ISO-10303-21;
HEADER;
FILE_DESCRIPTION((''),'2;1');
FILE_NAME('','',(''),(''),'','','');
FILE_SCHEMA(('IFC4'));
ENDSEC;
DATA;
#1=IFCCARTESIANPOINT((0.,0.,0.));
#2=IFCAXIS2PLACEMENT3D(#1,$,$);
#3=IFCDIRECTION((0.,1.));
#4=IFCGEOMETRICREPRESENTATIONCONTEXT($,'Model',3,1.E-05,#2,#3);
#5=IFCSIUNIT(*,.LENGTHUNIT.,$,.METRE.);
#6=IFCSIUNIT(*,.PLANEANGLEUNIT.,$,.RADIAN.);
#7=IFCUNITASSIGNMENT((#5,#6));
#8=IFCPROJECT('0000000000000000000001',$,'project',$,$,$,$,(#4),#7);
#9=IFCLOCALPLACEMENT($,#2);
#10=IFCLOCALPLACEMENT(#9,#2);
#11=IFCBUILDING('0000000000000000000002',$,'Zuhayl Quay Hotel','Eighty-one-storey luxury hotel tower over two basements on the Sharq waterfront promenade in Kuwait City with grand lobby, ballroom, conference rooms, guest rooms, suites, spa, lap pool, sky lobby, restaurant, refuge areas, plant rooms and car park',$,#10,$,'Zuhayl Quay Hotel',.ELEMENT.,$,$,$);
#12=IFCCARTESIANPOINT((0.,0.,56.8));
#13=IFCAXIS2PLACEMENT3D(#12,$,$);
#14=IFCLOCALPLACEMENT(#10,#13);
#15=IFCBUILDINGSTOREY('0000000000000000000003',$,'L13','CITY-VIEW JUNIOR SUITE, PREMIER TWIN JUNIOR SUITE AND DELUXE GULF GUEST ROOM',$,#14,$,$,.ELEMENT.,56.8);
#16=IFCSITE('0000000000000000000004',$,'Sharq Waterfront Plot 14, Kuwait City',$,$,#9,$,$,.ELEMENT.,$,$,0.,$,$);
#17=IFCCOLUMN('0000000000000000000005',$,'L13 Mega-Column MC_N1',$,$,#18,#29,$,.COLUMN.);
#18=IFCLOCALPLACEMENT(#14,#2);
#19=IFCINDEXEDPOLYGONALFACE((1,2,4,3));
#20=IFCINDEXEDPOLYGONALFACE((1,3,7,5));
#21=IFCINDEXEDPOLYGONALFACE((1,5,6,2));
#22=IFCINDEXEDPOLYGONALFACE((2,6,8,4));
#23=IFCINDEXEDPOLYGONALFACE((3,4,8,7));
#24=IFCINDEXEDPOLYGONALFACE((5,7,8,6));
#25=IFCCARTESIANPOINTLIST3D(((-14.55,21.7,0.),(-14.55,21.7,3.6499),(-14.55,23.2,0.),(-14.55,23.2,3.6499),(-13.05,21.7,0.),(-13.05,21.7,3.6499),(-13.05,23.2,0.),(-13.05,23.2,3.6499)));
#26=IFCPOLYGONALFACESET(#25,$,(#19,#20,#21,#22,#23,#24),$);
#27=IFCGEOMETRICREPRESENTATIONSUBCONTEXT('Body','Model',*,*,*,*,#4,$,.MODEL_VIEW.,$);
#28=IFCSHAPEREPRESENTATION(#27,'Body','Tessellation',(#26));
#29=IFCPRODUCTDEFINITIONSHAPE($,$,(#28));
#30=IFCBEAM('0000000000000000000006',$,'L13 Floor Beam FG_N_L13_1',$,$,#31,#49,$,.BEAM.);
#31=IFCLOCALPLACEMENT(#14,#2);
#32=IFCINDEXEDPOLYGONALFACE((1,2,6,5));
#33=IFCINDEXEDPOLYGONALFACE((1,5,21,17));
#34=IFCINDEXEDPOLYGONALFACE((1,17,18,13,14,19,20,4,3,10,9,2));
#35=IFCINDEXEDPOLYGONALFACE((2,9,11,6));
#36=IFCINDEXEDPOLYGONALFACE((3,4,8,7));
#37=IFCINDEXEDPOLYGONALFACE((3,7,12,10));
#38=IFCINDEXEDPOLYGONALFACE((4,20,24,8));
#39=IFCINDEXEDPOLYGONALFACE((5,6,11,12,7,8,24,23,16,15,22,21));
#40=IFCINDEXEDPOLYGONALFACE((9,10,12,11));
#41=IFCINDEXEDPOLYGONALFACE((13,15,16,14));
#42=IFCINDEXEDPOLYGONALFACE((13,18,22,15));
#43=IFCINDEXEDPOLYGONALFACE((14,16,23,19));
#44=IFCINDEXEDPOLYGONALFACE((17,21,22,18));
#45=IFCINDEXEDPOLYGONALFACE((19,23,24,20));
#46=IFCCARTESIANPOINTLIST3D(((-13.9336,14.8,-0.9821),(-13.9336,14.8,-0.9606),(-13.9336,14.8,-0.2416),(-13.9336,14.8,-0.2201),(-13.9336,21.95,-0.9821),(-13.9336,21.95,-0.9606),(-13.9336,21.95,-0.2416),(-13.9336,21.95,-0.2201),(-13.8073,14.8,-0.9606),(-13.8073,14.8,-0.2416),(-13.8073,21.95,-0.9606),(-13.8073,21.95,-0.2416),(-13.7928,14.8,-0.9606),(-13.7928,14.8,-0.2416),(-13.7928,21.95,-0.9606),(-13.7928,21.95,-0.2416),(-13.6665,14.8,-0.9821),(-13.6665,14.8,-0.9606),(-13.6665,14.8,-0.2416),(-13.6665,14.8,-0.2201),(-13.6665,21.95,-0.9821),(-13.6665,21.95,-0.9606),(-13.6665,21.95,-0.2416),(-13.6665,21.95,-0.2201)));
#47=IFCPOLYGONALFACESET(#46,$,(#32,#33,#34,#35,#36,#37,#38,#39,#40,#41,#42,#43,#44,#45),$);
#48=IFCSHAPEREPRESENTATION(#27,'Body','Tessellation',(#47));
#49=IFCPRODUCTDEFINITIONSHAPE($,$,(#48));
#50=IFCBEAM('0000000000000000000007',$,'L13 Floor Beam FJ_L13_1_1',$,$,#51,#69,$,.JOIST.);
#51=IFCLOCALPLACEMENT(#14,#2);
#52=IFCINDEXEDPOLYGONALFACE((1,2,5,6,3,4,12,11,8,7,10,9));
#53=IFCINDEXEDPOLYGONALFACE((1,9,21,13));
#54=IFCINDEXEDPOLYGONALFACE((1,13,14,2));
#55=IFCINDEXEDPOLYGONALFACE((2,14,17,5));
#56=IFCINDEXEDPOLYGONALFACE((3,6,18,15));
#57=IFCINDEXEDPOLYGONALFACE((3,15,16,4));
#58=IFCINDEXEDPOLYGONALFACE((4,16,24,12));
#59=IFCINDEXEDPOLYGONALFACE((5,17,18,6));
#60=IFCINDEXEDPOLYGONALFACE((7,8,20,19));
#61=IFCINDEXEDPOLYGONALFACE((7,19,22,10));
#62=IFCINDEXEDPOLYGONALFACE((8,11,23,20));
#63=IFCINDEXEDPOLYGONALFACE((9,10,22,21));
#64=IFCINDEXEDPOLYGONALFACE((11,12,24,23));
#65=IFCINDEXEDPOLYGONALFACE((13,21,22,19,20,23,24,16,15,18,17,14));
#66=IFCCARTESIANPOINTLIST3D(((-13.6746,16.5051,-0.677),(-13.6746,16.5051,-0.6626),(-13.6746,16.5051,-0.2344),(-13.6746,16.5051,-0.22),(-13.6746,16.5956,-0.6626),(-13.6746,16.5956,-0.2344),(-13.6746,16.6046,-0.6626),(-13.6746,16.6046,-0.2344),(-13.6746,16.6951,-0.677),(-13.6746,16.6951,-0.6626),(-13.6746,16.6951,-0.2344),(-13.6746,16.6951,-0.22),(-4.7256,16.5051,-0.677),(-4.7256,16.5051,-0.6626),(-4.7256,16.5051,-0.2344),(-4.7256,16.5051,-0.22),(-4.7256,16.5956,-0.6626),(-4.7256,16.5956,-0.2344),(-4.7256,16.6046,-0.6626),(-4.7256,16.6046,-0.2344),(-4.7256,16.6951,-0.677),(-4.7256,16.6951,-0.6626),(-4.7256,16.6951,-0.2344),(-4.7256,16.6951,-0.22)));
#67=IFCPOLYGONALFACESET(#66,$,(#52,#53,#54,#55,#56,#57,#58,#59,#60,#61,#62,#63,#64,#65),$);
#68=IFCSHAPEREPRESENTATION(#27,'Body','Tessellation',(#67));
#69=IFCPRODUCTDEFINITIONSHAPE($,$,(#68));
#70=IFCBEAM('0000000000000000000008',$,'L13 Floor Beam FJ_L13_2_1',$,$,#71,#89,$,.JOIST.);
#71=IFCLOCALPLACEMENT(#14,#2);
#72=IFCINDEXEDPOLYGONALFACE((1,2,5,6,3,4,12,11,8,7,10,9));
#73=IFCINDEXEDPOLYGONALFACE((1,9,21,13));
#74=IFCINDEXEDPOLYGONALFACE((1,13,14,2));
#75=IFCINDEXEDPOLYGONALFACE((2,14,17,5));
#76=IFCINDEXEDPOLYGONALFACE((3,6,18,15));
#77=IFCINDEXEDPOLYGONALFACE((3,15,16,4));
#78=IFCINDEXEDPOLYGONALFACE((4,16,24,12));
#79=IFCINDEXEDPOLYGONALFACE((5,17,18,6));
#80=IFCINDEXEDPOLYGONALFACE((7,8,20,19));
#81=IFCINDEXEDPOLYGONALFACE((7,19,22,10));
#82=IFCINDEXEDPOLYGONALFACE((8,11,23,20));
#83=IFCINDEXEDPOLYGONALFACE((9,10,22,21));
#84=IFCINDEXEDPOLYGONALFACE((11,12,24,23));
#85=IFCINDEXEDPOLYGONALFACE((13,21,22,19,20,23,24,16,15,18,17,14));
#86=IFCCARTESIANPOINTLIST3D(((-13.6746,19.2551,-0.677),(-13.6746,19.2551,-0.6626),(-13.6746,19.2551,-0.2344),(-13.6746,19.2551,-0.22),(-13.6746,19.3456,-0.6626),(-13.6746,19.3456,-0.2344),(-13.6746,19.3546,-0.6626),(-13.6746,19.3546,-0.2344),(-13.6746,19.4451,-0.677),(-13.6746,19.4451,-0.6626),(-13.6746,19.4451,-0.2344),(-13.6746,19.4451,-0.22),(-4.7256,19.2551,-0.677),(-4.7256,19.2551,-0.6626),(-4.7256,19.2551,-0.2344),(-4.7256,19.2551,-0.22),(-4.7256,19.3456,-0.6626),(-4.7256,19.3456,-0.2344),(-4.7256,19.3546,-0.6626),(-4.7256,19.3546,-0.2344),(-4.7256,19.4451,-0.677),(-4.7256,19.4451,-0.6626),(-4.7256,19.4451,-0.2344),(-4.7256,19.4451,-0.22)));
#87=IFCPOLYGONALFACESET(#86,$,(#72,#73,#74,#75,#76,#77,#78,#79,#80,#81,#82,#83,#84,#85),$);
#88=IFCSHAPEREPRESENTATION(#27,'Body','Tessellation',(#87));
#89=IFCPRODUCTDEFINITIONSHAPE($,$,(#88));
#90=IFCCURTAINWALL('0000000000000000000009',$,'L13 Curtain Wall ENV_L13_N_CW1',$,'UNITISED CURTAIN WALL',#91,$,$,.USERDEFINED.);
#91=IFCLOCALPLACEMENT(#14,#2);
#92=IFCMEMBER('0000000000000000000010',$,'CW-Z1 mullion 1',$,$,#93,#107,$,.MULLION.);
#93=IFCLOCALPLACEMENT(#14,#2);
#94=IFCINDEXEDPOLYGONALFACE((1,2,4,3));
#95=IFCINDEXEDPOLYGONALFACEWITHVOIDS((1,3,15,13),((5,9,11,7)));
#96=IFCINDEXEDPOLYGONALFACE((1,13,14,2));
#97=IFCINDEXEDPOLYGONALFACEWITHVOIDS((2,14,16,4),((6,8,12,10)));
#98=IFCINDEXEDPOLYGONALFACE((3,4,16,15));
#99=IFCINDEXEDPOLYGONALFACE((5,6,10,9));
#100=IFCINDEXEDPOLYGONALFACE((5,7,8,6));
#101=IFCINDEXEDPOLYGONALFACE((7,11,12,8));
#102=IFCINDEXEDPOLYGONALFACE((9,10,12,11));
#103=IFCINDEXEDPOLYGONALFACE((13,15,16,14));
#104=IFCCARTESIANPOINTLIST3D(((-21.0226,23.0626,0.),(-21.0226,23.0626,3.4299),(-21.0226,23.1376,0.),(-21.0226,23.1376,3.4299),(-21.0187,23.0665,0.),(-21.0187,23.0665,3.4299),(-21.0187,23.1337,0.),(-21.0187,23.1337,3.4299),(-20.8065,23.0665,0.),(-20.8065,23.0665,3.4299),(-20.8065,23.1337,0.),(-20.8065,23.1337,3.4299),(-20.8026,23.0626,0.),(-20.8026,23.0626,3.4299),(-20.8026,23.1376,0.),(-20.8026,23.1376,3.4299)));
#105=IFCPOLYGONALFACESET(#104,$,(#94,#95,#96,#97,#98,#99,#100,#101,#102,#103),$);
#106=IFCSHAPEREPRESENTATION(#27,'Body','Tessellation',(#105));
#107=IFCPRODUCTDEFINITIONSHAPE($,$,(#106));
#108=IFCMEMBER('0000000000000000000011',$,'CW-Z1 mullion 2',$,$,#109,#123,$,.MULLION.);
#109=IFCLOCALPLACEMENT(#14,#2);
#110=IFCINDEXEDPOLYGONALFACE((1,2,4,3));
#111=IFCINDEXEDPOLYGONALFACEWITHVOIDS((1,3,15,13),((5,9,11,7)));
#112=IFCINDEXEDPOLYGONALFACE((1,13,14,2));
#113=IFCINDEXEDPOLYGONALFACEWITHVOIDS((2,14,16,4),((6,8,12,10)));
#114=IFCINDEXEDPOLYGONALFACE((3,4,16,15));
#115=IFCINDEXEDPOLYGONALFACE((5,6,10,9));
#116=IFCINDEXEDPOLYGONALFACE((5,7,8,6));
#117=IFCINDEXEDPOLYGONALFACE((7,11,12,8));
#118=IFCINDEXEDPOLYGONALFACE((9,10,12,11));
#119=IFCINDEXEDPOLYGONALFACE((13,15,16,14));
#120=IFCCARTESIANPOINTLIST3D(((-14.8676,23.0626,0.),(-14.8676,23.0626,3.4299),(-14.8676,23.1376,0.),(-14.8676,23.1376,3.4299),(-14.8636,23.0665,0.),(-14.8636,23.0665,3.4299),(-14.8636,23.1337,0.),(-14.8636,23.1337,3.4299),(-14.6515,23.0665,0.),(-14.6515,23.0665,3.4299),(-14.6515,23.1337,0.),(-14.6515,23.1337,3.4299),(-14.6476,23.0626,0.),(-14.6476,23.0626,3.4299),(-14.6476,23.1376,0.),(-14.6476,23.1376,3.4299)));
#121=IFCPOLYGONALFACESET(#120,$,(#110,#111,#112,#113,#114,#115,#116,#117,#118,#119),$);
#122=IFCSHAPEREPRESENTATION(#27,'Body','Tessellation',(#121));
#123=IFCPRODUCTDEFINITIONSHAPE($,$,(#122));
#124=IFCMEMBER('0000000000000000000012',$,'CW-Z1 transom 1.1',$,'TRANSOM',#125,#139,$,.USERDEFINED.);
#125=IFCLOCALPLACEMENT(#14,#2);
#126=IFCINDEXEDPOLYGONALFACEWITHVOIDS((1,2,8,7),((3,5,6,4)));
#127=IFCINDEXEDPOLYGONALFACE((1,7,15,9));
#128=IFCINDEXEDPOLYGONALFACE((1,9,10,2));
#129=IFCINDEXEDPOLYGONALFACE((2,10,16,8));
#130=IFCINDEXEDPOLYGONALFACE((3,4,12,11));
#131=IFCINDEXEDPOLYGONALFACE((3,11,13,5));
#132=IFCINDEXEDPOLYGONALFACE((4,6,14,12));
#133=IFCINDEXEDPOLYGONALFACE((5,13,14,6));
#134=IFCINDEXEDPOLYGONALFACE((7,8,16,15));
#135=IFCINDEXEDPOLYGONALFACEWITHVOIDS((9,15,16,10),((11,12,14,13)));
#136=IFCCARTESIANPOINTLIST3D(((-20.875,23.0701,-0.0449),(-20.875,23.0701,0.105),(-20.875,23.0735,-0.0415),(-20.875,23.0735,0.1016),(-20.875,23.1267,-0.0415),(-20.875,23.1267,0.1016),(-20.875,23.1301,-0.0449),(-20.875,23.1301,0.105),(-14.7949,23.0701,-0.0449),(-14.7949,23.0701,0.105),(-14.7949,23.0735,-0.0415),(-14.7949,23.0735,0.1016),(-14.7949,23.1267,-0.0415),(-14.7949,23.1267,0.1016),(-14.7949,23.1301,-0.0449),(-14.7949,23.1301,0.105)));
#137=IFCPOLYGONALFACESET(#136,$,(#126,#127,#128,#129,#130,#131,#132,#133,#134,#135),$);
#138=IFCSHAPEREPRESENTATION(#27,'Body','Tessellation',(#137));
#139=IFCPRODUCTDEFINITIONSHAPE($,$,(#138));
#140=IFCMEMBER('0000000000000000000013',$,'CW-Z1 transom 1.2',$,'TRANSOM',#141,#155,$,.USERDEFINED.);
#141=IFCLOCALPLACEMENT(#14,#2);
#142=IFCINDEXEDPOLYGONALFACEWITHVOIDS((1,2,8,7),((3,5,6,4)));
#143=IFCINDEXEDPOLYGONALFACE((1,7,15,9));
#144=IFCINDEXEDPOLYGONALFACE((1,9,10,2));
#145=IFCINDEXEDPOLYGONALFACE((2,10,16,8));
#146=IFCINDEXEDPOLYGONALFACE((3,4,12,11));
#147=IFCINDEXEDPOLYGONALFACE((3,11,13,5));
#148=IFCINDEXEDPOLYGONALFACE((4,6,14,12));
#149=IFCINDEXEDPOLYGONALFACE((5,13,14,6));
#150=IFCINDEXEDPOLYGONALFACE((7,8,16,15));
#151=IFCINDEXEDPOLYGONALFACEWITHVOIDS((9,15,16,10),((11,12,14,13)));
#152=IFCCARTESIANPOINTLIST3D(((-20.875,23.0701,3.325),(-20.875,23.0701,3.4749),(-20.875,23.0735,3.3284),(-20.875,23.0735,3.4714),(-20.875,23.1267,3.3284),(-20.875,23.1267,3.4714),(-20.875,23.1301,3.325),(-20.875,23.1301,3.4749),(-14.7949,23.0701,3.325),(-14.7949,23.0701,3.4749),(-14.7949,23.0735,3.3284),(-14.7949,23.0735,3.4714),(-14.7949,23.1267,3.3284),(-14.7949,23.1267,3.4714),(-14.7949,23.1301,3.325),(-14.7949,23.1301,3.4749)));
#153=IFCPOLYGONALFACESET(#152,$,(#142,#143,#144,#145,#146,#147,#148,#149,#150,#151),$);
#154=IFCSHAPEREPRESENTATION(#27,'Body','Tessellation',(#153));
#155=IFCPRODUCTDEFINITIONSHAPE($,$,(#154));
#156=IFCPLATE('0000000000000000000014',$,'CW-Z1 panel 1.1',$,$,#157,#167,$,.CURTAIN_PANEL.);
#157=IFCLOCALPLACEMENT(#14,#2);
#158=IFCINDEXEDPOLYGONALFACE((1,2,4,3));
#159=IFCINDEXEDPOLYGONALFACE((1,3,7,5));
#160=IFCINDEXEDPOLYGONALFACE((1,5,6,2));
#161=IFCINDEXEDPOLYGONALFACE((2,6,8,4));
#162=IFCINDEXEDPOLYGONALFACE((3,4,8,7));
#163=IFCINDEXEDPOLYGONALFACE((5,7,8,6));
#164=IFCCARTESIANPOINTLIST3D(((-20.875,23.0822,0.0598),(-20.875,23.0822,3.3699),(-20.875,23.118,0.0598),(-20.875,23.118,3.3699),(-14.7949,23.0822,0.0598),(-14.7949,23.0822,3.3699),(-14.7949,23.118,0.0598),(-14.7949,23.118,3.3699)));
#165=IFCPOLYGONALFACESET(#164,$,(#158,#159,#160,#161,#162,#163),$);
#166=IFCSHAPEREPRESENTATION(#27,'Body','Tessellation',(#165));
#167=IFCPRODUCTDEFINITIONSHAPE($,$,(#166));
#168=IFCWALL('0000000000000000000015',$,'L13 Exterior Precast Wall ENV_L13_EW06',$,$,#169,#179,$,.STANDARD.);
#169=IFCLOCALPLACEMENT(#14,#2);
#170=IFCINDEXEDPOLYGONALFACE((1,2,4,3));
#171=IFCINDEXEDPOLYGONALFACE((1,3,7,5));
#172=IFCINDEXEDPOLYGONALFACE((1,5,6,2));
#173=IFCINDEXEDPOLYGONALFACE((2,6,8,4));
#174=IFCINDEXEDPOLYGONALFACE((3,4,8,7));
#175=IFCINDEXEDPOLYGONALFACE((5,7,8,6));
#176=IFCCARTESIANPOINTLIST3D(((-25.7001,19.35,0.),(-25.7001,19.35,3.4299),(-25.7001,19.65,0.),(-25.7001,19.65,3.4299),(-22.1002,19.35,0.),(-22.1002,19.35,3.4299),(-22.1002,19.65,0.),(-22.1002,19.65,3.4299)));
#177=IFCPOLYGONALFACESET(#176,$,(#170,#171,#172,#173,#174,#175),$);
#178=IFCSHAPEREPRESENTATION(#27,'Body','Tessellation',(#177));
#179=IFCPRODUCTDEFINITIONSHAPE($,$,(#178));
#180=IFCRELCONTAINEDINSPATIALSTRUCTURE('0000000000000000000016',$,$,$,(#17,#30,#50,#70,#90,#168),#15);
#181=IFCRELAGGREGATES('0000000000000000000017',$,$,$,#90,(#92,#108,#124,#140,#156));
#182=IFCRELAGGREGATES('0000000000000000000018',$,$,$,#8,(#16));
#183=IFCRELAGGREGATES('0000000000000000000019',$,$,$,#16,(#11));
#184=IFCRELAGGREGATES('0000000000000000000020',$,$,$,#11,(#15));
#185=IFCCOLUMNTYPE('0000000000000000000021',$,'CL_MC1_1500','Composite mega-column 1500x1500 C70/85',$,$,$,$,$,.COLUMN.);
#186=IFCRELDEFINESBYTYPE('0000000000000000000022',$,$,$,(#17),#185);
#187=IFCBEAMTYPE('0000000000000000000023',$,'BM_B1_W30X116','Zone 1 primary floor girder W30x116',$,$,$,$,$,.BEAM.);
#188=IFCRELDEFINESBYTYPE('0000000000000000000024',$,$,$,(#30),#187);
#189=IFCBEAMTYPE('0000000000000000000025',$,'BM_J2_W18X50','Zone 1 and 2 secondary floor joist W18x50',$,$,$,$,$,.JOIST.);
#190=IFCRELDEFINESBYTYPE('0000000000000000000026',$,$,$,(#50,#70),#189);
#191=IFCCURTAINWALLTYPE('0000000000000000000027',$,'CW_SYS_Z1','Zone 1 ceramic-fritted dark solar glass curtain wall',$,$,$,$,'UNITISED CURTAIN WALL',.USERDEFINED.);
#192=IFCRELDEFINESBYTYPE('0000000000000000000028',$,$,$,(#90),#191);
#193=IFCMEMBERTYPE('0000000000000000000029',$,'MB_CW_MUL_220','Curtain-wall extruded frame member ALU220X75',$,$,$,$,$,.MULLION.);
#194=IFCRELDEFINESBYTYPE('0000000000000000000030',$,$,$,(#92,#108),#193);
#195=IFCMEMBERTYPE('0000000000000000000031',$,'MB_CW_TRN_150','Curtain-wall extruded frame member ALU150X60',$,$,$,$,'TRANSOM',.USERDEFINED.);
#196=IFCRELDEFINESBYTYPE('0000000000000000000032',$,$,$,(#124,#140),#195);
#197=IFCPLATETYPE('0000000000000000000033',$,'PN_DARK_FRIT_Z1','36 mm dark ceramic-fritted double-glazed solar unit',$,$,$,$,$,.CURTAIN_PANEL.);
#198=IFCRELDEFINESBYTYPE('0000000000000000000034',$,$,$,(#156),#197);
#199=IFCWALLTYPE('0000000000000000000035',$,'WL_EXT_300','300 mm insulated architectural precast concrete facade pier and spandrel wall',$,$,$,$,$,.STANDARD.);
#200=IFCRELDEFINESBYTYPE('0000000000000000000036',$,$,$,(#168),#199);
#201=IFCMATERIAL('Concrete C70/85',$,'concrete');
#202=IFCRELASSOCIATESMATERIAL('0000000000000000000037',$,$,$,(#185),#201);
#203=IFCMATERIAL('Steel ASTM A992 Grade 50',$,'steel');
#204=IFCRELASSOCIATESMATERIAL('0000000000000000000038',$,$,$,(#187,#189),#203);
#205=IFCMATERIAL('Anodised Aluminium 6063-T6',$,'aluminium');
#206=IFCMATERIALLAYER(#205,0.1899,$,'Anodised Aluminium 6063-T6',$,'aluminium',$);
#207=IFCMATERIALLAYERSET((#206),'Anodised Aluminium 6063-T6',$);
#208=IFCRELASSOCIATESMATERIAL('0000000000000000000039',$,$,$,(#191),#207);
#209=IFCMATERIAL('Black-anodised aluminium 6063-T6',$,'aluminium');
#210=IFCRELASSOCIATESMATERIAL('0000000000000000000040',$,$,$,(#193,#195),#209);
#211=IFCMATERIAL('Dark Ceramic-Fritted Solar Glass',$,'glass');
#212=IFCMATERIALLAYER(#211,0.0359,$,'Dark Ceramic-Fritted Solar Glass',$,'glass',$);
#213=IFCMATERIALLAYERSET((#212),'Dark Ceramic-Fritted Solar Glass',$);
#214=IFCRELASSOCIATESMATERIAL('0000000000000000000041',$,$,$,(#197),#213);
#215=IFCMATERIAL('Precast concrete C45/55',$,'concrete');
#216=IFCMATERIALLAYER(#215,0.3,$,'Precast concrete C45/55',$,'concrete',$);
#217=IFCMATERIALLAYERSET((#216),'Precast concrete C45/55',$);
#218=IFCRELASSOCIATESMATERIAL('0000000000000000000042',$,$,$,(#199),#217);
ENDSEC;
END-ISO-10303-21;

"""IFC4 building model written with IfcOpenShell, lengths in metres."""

from ifc_helpers import new_model, si_unit, direction, frame, frame_2d, origin, origin_2d, place, context, subcontext, project, spatial, rectangle, hollow_rectangle, i_section, extrude, material, layer, layer_set, material_profile, profile_set, type_object, element, aggregate, save


model = new_model("IFC4")

# Units and contexts
model_context = context("Model", 3, precision=1e-05, world=origin(), true_north=direction((0.0, 1.0)))
body_context = subcontext(model_context, "Body", "Model", "MODEL_VIEW")
ifc_project = project(units=[si_unit("LENGTHUNIT", "METRE"), si_unit("PLANEANGLEUNIT", "RADIAN")], contexts=[model_context])

# Site, building, storey
site_placement = place(None, origin())
site = spatial("IfcSite", under=ifc_project, at=site_placement, Name="Sharq Waterfront Plot 14, Kuwait City", CompositionType="ELEMENT", RefElevation=0.0)
building_placement = place(site_placement, origin())
building = spatial("IfcBuilding", under=site, at=building_placement, Name="Zuhayl Quay Hotel", Description="Eighty-one-storey luxury hotel tower over two basements on the Sharq waterfront promenade in Kuwait City with grand lobby, ballroom, conference rooms, guest rooms, suites, spa, lap pool, sky lobby, restaurant, refuge areas, plant rooms and car park", LongName="Zuhayl Quay Hotel", CompositionType="ELEMENT")
storey_placement = place(building_placement, frame((0.0, 0.0, 56.8)))
storey = spatial("IfcBuildingStorey", under=building, at=storey_placement, Name="L13", Description="CITY-VIEW JUNIOR SUITE, PREMIER TWIN JUNIOR SUITE AND DELUXE GULF GUEST ROOM", CompositionType="ELEMENT", Elevation=56.8)

# Column
ifc_material_1 = material(Name="Concrete C70/85", Category="concrete")
ifc_material_profile_1 = material_profile(ifc_material_1, rectangle(XDim=1.5, YDim=1.5, at=origin_2d()), Name="RC1500X1500")
ifc_profile_set_1 = profile_set([ifc_material_profile_1], Name="Concrete C70/85")
column_type = type_object("IfcColumnType", Name="CL_MC1_1500", Description="Composite mega-column 1500x1500 C70/85", PredefinedType="COLUMN", material=ifc_profile_set_1)
column_placement = place(storey_placement, frame((-13.8, 22.45, 0.0), z_axis=(0.0, 0.0, 1.0), x_axis=(1.0, 0.0, 0.0)))
element("IfcColumn", 1, at=column_placement, inside=storey, type_object=column_type, Name="L13 Mega-Column MC_N1", PredefinedType="COLUMN", context=body_context, shape_type="SweptSolid", body=[
    extrude(rectangle(XDim=1.5, YDim=1.5, at=origin_2d()), origin(), (0.0, 0.0, 1.0), 3.6499),
])

# Beams
ifc_material_2 = material(Name="Steel ASTM A992 Grade 50", Category="steel")
ifc_material_profile_2 = material_profile(ifc_material_2, i_section(OverallWidth=0.2671, OverallDepth=0.762, WebThickness=0.0144, FlangeThickness=0.0215, at=origin_2d()), Name="W30X116")
ifc_profile_set_2 = profile_set([ifc_material_profile_2], Name="Steel ASTM A992 Grade 50")
beam_type_1 = type_object("IfcBeamType", Name="BM_B1_W30X116", Description="Zone 1 primary floor girder W30x116", PredefinedType="BEAM", material=ifc_profile_set_2)
beam_placement = place(storey_placement, frame((-13.8, 14.8, -0.6011), z_axis=(0.0, 1.0, 0.0), x_axis=(-1.0, 0.0, 0.0)))
element("IfcBeam", 2, at=beam_placement, inside=storey, type_object=beam_type_1, Name="L13 Floor Beam FG_N_L13_1", PredefinedType="BEAM", context=body_context, shape_type="SweptSolid", body=[
    extrude(i_section(OverallWidth=0.2671, OverallDepth=0.762, WebThickness=0.0144, FlangeThickness=0.0215, at=origin_2d()), origin(), (0.0, 0.0, 1.0), 7.1499),
])
ifc_material_profile_3 = material_profile(ifc_material_2, i_section(OverallWidth=0.1899, OverallDepth=0.457, WebThickness=0.009, FlangeThickness=0.0144, at=origin_2d()), Name="W18X50")
ifc_profile_set_3 = profile_set([ifc_material_profile_3], Name="Steel ASTM A992 Grade 50")
beam_type_2 = type_object("IfcBeamType", Name="BM_J2_W18X50", Description="Zone 1 and 2 secondary floor joist W18x50", PredefinedType="JOIST", material=ifc_profile_set_3)
for number, where, z_axis, x_axis, name in (
    (3, (-13.6746, 16.6001, -0.4485), (1.0, 0.0, 0.0), (0.0, 1.0, 0.0), "L13 Floor Beam FJ_L13_1_1"),
    (4, (-13.6746, 19.3501, -0.4485), (1.0, 0.0, 0.0), (0.0, 1.0, 0.0), "L13 Floor Beam FJ_L13_2_1"),
):
    element("IfcBeam", number, at=place(storey_placement, frame(where, z_axis=z_axis, x_axis=x_axis)), inside=storey, type_object=beam_type_2, Name=name, PredefinedType="JOIST", context=body_context, shape_type="SweptSolid", body=[
        extrude(i_section(OverallWidth=0.1899, OverallDepth=0.457, WebThickness=0.009, FlangeThickness=0.0144, at=origin_2d()), origin(), (0.0, 0.0, 1.0), 8.949),
    ])

# Curtain wall, members, plate
ifc_material_3 = material(Name="Anodised Aluminium 6063-T6", Category="aluminium")
ifc_layer_1 = layer(ifc_material_3, 0.1899, Name="Anodised Aluminium 6063-T6", Category="aluminium")
ifc_layer_set_1 = layer_set([ifc_layer_1], Name="Anodised Aluminium 6063-T6")
curtain_wall_type = type_object("IfcCurtainWallType", Name="CW_SYS_Z1", Description="Zone 1 ceramic-fritted dark solar glass curtain wall", ElementType="UNITISED CURTAIN WALL", PredefinedType="USERDEFINED", material=ifc_layer_set_1)
curtain_wall_placement = place(storey_placement, origin())
curtain_wall = element("IfcCurtainWall", 5, at=curtain_wall_placement, inside=storey, type_object=curtain_wall_type, Name="L13 Curtain Wall ENV_L13_N_CW1", ObjectType="UNITISED CURTAIN WALL", PredefinedType="USERDEFINED")
ifc_material_4 = material(Name="Black-anodised aluminium 6063-T6", Category="aluminium")
ifc_material_profile_4 = material_profile(ifc_material_4, hollow_rectangle(XDim=0.075, YDim=0.22, WallThickness=0.0039, at=origin_2d()), Name="ALU220X75")
ifc_profile_set_4 = profile_set([ifc_material_profile_4], Name="Black-anodised aluminium 6063-T6")
member_type_1 = type_object("IfcMemberType", Name="MB_CW_MUL_220", Description="Curtain-wall extruded frame member ALU220X75", PredefinedType="MULLION", material=ifc_profile_set_4)
member_1_placement = place(storey_placement, frame((-20.9126, 23.1001, 0.0), z_axis=(0.0, 0.0, 1.0), x_axis=(0.0, 1.0, 0.0)))
member_1 = element("IfcMember", 6, at=member_1_placement, type_object=member_type_1, Name="CW-Z1 mullion 1", PredefinedType="MULLION", context=body_context, shape_type="SweptSolid", body=[
    extrude(hollow_rectangle(XDim=0.075, YDim=0.22, WallThickness=0.0039, at=origin_2d()), origin(), (0.0, 0.0, 1.0), 3.4299),
])
member_2_placement = place(storey_placement, frame((-14.7576, 23.1001, 0.0), z_axis=(0.0, 0.0, 1.0), x_axis=(0.0, 1.0, 0.0)))
member_2 = element("IfcMember", 7, at=member_2_placement, type_object=member_type_1, Name="CW-Z1 mullion 2", PredefinedType="MULLION", context=body_context, shape_type="SweptSolid", body=[
    extrude(hollow_rectangle(XDim=0.075, YDim=0.22, WallThickness=0.0039, at=origin_2d()), origin(), (0.0, 0.0, 1.0), 3.4299),
])
ifc_material_profile_5 = material_profile(ifc_material_4, hollow_rectangle(XDim=0.0601, YDim=0.1499, WallThickness=0.0034, at=origin_2d()), Name="ALU150X60")
ifc_profile_set_5 = profile_set([ifc_material_profile_5], Name="Black-anodised aluminium 6063-T6")
member_type_2 = type_object("IfcMemberType", Name="MB_CW_TRN_150", Description="Curtain-wall extruded frame member ALU150X60", ElementType="TRANSOM", PredefinedType="USERDEFINED", material=ifc_profile_set_5)
member_3_placement = place(storey_placement, frame((-20.875, 23.1001, 0.03), z_axis=(1.0, 0.0, 0.0), x_axis=(0.0, 1.0, 0.0)))
member_3 = element("IfcMember", 8, at=member_3_placement, type_object=member_type_2, Name="CW-Z1 transom 1.1", ObjectType="TRANSOM", PredefinedType="USERDEFINED", context=body_context, shape_type="SweptSolid", body=[
    extrude(hollow_rectangle(XDim=0.0601, YDim=0.1499, WallThickness=0.0034, at=origin_2d()), origin(), (0.0, 0.0, 1.0), 6.0801),
])
member_4_placement = place(storey_placement, frame((-20.875, 23.1001, 3.3999), z_axis=(1.0, 0.0, 0.0), x_axis=(0.0, 1.0, 0.0)))
member_4 = element("IfcMember", 9, at=member_4_placement, type_object=member_type_2, Name="CW-Z1 transom 1.2", ObjectType="TRANSOM", PredefinedType="USERDEFINED", context=body_context, shape_type="SweptSolid", body=[
    extrude(hollow_rectangle(XDim=0.0601, YDim=0.1499, WallThickness=0.0034, at=origin_2d()), origin(), (0.0, 0.0, 1.0), 6.0801),
])
ifc_material_5 = material(Name="Dark Ceramic-Fritted Solar Glass", Category="glass")
ifc_layer_2 = layer(ifc_material_5, 0.0359, Name="Dark Ceramic-Fritted Solar Glass", Category="glass")
ifc_layer_set_2 = layer_set([ifc_layer_2], Name="Dark Ceramic-Fritted Solar Glass")
plate_type = type_object("IfcPlateType", Name="PN_DARK_FRIT_Z1", Description="36 mm dark ceramic-fritted double-glazed solar unit", PredefinedType="CURTAIN_PANEL", material=ifc_layer_set_2)
plate_placement = place(storey_placement, frame((-17.835, 23.1001, 0.0598), z_axis=(0.0, 0.0, 1.0), x_axis=(1.0, 0.0, 0.0)))
plate = element("IfcPlate", 10, at=plate_placement, type_object=plate_type, Name="CW-Z1 panel 1.1", PredefinedType="CURTAIN_PANEL", context=body_context, shape_type="SweptSolid", body=[
    extrude(rectangle(XDim=6.0801, YDim=0.0359, at=origin_2d()), origin(), (0.0, 0.0, 1.0), 3.3101),
])
aggregate(curtain_wall, [member_1, member_2, member_3, member_4, plate])

# Wall
ifc_material_6 = material(Name="Precast concrete C45/55", Category="concrete")
ifc_layer_3 = layer(ifc_material_6, 0.3, Name="Precast concrete C45/55", Category="concrete")
ifc_layer_set_3 = layer_set([ifc_layer_3], Name="Precast concrete C45/55")
wall_type_1 = type_object("IfcWallType", Name="WL_EXT_300", Description="300 mm insulated architectural precast concrete facade pier and spandrel wall", PredefinedType="STANDARD", material=ifc_layer_set_3)
wall_1_placement = place(storey_placement, frame((-25.7, 19.5, 0.0), z_axis=(0.0, 0.0, 1.0), x_axis=(1.0, 0.0, 0.0)))
element("IfcWall", 11, at=wall_1_placement, inside=storey, type_object=wall_type_1, Name="L13 Exterior Precast Wall ENV_L13_EW06", PredefinedType="STANDARD", context=body_context, shape_type="SweptSolid", body=[
    extrude(rectangle(XDim=3.5999, YDim=0.3, at=frame_2d((1.7998, 0.0))), origin(), (0.0, 0.0, 1.0), 3.4299),
])

save(model, "model.ifc")
